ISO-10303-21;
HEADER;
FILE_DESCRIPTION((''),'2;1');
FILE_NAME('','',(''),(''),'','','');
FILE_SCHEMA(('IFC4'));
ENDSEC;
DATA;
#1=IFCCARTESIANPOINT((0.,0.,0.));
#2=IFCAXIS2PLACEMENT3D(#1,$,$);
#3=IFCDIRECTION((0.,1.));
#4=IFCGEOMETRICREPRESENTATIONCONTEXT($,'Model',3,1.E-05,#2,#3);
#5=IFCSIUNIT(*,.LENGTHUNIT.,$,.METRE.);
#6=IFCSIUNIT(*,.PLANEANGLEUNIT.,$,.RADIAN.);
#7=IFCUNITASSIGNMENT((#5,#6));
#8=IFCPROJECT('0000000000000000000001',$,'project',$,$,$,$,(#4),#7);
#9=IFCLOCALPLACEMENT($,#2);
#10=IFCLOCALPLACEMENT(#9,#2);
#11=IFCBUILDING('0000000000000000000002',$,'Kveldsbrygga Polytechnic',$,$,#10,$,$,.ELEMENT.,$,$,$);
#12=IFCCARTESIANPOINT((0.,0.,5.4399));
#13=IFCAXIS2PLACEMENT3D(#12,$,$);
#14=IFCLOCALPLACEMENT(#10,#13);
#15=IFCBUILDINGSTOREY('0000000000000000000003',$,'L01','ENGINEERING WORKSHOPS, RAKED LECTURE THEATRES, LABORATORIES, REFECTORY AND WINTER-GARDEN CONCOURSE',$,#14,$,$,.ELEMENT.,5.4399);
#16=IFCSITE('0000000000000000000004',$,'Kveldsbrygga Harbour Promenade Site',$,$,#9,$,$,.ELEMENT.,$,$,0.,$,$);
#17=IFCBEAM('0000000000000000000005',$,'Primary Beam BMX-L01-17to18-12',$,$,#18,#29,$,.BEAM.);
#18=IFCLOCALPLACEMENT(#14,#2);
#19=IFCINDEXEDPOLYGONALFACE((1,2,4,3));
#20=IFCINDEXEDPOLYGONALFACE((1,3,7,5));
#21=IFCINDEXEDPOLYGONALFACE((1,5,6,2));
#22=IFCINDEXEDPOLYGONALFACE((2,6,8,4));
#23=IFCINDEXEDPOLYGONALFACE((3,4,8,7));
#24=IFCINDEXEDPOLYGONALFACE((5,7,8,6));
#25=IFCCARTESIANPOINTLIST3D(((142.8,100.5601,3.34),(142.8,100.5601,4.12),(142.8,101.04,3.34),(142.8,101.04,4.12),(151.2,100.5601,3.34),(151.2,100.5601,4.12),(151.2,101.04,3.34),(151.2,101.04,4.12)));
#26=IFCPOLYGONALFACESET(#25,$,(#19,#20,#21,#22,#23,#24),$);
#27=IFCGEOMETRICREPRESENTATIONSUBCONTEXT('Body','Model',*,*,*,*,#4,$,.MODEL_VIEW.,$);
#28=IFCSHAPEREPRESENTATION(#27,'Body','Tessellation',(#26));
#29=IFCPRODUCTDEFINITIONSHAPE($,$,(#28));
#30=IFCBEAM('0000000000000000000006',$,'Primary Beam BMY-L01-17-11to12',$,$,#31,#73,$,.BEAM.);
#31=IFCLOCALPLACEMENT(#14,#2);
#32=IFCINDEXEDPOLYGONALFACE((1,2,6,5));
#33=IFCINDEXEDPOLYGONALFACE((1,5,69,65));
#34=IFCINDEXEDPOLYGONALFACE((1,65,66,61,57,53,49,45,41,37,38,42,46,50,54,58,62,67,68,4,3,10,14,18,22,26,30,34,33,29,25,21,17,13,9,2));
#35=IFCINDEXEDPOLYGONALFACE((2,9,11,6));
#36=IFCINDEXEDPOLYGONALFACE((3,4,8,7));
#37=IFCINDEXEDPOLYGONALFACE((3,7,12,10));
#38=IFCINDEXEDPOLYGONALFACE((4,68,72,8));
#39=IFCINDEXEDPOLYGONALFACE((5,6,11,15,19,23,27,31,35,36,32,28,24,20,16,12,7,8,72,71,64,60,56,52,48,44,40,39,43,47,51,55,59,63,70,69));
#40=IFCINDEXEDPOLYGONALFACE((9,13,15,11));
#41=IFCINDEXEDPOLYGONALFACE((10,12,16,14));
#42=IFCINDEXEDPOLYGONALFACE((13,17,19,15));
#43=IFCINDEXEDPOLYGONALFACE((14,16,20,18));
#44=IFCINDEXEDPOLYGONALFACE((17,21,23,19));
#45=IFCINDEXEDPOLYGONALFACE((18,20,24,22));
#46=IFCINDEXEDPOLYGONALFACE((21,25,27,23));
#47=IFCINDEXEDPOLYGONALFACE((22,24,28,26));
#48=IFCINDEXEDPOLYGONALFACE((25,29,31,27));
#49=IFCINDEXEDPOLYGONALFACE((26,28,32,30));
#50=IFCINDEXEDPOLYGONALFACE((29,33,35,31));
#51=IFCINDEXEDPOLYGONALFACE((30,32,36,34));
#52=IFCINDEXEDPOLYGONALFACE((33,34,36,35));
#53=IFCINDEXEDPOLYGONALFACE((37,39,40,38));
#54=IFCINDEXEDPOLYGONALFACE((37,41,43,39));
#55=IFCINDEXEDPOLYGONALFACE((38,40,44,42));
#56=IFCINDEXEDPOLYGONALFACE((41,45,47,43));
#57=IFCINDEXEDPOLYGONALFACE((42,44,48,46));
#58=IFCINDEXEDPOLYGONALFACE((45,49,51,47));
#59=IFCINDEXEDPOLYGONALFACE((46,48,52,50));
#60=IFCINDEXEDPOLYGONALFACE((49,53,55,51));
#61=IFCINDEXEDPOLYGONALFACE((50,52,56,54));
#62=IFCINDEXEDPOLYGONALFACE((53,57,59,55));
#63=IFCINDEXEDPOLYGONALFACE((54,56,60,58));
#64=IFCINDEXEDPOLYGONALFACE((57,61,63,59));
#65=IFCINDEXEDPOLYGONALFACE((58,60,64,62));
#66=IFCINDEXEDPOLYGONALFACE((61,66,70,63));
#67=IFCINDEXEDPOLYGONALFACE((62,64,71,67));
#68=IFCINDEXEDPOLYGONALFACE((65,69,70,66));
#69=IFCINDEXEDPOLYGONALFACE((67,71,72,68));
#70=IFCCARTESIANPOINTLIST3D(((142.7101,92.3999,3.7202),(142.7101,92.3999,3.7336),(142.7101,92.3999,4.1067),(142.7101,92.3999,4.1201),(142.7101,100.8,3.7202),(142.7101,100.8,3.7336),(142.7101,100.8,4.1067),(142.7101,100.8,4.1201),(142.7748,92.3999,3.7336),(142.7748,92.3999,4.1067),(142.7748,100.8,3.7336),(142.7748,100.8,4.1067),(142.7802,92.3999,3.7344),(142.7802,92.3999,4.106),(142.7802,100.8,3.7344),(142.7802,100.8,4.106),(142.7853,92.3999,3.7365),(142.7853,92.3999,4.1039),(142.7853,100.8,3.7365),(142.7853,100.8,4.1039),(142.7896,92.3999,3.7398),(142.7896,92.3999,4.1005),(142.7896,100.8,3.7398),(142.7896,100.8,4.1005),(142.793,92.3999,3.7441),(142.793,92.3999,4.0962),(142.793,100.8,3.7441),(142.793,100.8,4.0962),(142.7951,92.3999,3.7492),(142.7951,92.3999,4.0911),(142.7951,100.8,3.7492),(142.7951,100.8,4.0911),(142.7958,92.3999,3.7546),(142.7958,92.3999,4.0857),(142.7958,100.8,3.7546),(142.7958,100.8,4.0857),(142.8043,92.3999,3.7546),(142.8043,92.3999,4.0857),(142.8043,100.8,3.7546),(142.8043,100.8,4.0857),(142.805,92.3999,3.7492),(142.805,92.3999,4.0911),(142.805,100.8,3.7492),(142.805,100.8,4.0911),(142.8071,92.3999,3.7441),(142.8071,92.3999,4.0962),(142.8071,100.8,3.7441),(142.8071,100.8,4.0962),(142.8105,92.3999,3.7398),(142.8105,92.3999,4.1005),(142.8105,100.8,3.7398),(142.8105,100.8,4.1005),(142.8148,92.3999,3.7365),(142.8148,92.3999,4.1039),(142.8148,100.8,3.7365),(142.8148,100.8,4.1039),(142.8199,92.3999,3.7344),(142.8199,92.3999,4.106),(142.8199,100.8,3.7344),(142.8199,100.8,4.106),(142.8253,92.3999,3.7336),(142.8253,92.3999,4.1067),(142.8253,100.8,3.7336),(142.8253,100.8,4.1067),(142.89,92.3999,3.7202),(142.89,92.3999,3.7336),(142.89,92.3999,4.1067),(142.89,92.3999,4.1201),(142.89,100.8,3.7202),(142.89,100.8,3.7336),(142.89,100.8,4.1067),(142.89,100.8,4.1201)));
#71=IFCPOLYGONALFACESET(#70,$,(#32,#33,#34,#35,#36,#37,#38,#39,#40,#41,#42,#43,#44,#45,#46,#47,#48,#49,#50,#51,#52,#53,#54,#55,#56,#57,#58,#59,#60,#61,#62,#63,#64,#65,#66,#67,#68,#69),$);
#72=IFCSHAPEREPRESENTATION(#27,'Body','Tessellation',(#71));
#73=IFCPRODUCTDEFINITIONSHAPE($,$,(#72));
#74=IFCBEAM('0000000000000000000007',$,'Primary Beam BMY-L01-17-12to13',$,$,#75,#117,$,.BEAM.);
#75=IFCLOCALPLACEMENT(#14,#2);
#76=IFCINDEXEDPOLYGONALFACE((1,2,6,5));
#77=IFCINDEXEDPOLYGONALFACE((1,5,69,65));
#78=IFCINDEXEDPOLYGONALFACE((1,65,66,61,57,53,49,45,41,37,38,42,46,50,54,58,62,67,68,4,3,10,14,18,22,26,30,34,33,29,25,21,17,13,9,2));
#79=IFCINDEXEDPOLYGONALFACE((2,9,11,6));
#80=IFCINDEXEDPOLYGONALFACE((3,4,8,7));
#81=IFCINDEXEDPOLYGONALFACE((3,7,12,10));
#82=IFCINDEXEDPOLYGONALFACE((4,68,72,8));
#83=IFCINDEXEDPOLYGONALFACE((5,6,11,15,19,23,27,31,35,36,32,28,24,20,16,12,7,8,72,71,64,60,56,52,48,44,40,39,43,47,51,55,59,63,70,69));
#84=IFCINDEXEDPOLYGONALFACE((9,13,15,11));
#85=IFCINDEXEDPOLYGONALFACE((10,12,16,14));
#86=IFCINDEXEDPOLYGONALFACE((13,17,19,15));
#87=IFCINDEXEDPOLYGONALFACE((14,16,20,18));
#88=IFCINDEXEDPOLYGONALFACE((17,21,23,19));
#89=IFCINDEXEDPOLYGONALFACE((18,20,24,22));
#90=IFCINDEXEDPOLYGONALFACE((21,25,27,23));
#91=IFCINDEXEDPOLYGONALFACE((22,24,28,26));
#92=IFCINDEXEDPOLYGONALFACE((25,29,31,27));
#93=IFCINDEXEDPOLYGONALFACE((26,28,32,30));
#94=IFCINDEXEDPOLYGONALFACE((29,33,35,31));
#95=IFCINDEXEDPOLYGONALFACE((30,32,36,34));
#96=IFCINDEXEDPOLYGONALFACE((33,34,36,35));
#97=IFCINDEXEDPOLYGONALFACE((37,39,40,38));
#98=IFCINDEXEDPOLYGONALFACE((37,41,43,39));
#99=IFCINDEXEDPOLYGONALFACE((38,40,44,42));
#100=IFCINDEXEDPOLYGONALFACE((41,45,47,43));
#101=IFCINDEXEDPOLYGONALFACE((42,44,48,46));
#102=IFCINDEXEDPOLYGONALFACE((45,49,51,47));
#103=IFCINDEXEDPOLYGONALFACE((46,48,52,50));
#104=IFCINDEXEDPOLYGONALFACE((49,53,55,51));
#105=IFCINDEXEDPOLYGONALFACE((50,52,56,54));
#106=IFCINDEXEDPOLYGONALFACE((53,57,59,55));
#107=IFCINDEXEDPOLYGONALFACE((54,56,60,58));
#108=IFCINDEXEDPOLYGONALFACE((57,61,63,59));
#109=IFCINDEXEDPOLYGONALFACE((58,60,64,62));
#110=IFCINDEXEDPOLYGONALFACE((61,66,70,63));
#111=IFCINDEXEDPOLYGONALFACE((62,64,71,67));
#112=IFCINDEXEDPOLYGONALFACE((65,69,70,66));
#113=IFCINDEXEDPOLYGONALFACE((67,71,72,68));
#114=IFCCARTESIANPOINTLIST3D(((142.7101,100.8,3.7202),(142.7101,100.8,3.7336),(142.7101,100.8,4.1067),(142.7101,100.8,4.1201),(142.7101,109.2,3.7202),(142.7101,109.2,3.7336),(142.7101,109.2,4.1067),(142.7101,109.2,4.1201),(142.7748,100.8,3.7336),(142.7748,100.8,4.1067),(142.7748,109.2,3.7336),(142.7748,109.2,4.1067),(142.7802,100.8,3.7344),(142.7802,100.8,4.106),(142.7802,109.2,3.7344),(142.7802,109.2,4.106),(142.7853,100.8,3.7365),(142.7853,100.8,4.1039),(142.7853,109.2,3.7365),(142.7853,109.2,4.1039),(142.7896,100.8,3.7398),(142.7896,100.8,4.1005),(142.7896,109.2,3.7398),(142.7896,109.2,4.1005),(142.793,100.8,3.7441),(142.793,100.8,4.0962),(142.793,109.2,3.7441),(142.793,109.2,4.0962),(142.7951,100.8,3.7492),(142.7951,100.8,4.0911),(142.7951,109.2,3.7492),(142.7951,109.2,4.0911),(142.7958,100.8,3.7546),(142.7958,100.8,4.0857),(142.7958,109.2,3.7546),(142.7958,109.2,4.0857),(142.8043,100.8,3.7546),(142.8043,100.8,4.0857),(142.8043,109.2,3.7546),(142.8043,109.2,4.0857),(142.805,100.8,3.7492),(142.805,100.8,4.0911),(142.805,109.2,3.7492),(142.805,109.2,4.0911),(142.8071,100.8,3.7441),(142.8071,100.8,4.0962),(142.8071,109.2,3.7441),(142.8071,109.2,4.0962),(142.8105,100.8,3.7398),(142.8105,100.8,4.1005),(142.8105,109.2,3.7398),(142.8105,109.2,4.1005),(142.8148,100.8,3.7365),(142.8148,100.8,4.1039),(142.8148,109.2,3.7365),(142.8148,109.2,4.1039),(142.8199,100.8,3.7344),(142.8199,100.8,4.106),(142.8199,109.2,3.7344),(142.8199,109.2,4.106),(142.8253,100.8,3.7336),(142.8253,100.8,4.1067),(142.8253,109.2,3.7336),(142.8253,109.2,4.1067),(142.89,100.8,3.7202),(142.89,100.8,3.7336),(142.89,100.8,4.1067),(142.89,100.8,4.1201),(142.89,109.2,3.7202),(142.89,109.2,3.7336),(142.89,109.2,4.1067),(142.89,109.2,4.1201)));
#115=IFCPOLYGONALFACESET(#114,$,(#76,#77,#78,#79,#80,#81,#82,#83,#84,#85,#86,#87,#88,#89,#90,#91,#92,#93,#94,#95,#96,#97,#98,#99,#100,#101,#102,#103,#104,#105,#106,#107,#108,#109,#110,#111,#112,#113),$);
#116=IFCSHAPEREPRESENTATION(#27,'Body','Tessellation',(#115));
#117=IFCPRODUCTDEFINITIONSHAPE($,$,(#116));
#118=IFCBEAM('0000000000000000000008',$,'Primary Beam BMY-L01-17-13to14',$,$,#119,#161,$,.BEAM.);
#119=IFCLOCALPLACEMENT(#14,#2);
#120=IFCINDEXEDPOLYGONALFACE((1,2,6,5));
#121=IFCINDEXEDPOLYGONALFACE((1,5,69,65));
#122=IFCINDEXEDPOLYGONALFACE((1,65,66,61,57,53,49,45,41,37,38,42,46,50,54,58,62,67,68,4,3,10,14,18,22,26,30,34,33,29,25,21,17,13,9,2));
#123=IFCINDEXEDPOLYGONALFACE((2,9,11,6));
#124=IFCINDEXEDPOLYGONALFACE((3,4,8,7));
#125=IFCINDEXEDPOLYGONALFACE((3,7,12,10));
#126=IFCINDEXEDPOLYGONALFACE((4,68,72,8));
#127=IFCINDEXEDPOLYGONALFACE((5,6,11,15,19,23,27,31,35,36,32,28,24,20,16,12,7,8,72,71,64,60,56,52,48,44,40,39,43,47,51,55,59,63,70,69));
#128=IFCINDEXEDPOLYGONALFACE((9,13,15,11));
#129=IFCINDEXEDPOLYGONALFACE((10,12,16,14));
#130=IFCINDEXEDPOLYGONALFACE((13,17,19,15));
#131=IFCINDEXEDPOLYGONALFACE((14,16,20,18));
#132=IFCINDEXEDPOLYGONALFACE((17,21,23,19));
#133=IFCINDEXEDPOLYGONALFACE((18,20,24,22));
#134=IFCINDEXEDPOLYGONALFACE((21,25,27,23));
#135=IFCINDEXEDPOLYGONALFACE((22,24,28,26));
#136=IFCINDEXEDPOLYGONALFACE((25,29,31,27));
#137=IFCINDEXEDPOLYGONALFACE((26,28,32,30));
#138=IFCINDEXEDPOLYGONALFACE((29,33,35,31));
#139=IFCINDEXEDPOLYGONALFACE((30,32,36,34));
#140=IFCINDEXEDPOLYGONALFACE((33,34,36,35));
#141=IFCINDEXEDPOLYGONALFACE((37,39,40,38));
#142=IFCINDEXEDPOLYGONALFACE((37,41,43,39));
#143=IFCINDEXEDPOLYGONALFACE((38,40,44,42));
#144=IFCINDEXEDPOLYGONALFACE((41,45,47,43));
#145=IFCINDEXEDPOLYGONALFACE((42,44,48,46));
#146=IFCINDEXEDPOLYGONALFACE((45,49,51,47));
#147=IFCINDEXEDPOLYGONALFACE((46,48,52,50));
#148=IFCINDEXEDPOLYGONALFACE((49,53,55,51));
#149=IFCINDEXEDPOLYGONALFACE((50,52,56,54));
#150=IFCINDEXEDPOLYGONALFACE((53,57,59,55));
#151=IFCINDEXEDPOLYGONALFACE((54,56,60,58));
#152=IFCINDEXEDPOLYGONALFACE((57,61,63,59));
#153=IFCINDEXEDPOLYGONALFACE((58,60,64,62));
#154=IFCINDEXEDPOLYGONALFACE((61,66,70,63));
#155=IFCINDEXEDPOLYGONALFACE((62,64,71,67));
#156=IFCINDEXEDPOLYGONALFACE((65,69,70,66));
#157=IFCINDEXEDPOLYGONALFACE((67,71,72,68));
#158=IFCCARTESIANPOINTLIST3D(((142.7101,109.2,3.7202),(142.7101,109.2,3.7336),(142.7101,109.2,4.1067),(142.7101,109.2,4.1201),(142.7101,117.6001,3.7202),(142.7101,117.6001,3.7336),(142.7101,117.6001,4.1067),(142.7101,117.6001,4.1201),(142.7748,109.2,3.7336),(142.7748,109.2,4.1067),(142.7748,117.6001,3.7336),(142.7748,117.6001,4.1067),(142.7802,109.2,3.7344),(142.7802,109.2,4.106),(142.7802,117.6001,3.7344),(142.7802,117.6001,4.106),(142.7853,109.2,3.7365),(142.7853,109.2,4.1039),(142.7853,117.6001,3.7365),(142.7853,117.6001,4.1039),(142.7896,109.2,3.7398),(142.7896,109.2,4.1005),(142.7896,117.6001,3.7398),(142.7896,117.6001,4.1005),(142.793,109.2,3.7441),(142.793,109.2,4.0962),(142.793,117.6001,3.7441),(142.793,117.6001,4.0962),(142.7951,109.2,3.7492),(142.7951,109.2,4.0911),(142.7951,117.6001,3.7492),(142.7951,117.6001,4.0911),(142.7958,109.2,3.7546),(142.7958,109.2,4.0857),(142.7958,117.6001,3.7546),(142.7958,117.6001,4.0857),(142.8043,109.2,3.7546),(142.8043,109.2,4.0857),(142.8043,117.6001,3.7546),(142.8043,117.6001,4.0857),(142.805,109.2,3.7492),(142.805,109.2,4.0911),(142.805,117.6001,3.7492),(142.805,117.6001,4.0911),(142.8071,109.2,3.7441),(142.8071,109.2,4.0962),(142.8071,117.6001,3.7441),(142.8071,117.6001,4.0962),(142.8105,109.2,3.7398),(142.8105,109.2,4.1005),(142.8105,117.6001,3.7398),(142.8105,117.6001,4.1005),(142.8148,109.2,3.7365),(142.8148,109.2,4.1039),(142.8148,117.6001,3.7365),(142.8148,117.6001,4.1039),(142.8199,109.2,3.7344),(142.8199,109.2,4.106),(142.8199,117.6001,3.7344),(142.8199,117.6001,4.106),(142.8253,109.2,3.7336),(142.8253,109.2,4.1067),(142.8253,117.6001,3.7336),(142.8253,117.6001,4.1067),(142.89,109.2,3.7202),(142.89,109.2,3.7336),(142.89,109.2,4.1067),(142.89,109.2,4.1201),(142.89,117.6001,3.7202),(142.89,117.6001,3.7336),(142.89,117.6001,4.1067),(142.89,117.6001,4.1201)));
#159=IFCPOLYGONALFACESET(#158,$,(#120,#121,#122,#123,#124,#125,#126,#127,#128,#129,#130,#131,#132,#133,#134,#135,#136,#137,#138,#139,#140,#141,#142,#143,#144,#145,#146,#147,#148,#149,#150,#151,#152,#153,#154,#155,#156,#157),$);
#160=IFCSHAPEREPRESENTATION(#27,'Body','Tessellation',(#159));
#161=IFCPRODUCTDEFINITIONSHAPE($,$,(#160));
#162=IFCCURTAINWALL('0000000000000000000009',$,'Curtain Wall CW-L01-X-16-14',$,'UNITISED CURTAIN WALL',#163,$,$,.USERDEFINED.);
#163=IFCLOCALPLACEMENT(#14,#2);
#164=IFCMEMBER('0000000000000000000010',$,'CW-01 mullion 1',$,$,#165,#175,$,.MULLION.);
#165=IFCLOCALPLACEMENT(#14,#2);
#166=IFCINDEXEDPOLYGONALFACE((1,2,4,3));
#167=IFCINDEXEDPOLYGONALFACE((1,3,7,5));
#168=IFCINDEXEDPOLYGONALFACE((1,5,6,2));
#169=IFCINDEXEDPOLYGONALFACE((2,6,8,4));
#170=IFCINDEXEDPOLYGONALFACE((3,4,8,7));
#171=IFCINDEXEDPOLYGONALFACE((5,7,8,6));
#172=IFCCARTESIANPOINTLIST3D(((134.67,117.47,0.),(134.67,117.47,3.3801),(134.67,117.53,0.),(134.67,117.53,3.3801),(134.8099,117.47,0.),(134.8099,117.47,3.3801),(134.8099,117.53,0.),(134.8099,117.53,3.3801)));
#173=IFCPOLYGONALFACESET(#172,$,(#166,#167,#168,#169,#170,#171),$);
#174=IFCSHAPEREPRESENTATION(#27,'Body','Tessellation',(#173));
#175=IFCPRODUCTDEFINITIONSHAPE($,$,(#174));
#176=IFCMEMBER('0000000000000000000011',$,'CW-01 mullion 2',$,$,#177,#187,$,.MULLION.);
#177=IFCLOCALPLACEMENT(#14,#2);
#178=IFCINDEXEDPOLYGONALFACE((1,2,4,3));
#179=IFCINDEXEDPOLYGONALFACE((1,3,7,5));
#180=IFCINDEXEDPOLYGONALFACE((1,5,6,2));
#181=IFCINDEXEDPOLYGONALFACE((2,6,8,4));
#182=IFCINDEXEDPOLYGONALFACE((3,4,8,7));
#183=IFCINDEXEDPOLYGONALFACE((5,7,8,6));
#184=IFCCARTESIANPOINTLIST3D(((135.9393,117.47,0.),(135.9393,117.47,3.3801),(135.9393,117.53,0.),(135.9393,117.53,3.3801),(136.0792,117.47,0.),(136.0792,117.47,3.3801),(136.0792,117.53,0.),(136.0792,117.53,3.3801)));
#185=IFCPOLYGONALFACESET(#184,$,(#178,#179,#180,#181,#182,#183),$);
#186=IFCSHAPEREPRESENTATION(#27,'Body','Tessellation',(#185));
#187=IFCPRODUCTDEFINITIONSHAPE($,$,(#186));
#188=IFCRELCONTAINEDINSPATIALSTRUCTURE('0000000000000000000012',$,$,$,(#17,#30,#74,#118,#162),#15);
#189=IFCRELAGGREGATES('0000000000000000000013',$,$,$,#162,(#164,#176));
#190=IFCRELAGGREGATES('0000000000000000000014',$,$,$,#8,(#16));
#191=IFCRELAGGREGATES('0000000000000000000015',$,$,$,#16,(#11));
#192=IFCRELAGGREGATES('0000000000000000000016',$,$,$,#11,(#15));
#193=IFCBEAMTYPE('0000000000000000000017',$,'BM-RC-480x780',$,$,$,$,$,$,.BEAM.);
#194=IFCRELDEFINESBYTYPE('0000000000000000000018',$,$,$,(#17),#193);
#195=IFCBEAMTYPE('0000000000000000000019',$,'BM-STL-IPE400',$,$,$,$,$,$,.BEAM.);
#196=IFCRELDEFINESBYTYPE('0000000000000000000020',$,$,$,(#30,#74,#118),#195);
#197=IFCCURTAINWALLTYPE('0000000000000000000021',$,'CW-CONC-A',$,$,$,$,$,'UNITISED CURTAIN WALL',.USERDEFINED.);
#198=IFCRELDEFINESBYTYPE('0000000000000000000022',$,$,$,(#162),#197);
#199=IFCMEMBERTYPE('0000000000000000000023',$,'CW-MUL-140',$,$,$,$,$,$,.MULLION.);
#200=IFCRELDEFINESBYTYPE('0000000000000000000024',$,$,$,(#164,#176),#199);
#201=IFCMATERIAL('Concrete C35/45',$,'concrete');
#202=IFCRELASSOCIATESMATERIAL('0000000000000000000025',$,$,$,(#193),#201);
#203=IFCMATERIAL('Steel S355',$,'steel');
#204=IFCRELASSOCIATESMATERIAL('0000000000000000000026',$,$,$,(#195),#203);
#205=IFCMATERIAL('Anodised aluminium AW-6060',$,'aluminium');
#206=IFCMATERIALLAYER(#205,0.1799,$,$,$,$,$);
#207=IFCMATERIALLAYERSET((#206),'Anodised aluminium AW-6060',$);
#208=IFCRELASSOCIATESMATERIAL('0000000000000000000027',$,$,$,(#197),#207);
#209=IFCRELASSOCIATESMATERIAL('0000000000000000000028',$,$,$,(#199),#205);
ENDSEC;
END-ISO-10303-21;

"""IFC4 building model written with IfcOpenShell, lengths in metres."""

from ifc_helpers import new_model, si_unit, direction, frame, origin, origin_2d, place, context, subcontext, project, spatial, rectangle, i_section, extrude, material, layer, layer_set, material_profile, profile_set, type_object, element, aggregate, save


model = new_model("IFC4")

# Units and contexts
model_context = context("Model", 3, precision=1e-05, world=origin(), true_north=direction((0.0, 1.0)))
body_context = subcontext(model_context, "Body", "Model", "MODEL_VIEW")
ifc_project = project(units=[si_unit("LENGTHUNIT", "METRE"), si_unit("PLANEANGLEUNIT", "RADIAN")], contexts=[model_context])

# Site, building, storey
site_placement = place(None, origin())
site = spatial("IfcSite", under=ifc_project, at=site_placement, Name="Kveldsbrygga Harbour Promenade Site", CompositionType="ELEMENT", RefElevation=0.0)
building_placement = place(site_placement, origin())
building = spatial("IfcBuilding", under=site, at=building_placement, Name="Kveldsbrygga Polytechnic", CompositionType="ELEMENT")
storey_placement = place(building_placement, frame((0.0, 0.0, 5.4399)))
storey = spatial("IfcBuildingStorey", under=building, at=storey_placement, Name="L01", Description="ENGINEERING WORKSHOPS, RAKED LECTURE THEATRES, LABORATORIES, REFECTORY AND WINTER-GARDEN CONCOURSE", CompositionType="ELEMENT", Elevation=5.4399)

# Beams
ifc_material_1 = material(Name="Concrete C35/45", Category="concrete")
ifc_material_profile_1 = material_profile(ifc_material_1, rectangle(XDim=0.48, YDim=0.78, at=origin_2d()), Name="RC 480x780")
ifc_profile_set_1 = profile_set([ifc_material_profile_1], Name="Concrete C35/45")
beam_type_1 = type_object("IfcBeamType", Name="BM-RC-480x780", PredefinedType="BEAM", material=ifc_profile_set_1)
beam_1_placement = place(storey_placement, frame((142.8, 100.8, 3.73), z_axis=(1.0, 0.0, 0.0), x_axis=(0.0, 1.0, 0.0)))
element("IfcBeam", 1, at=beam_1_placement, inside=storey, type_object=beam_type_1, Name="Primary Beam BMX-L01-17to18-12", PredefinedType="BEAM", context=body_context, shape_type="SweptSolid", body=[
    extrude(rectangle(XDim=0.48, YDim=0.78, at=origin_2d()), origin(), (0.0, 0.0, 1.0), 8.3999),
])
ifc_material_2 = material(Name="Steel S355", Category="steel")
ifc_material_profile_2 = material_profile(ifc_material_2, i_section(OverallWidth=0.1799, OverallDepth=0.3999, WebThickness=0.0085, FlangeThickness=0.0134, FilletRadius=0.021, at=origin_2d()), Name="IPE 400")
ifc_profile_set_2 = profile_set([ifc_material_profile_2], Name="Steel S355")
beam_type_2 = type_object("IfcBeamType", Name="BM-STL-IPE400", PredefinedType="BEAM", material=ifc_profile_set_2)
beam_2_placement = place(storey_placement, frame((142.8, 92.3999, 3.9202), z_axis=(0.0, 1.0, 0.0), x_axis=(-1.0, 0.0, 0.0)))
element("IfcBeam", 2, at=beam_2_placement, inside=storey, type_object=beam_type_2, Name="Primary Beam BMY-L01-17-11to12", PredefinedType="BEAM", context=body_context, shape_type="SweptSolid", body=[
    extrude(i_section(OverallWidth=0.1799, OverallDepth=0.3999, WebThickness=0.0085, FlangeThickness=0.0134, FilletRadius=0.021, at=origin_2d()), origin(), (0.0, 0.0, 1.0), 8.4001),
])
beam_3_placement = place(storey_placement, frame((142.8, 100.8, 3.9202), z_axis=(0.0, 1.0, 0.0), x_axis=(-1.0, 0.0, 0.0)))
element("IfcBeam", 3, at=beam_3_placement, inside=storey, type_object=beam_type_2, Name="Primary Beam BMY-L01-17-12to13", PredefinedType="BEAM", context=body_context, shape_type="SweptSolid", body=[
    extrude(i_section(OverallWidth=0.1799, OverallDepth=0.3999, WebThickness=0.0085, FlangeThickness=0.0134, FilletRadius=0.021, at=origin_2d()), origin(), (0.0, 0.0, 1.0), 8.3999),
])
beam_4_placement = place(storey_placement, frame((142.8, 109.2, 3.9202), z_axis=(0.0, 1.0, 0.0), x_axis=(-1.0, 0.0, 0.0)))
element("IfcBeam", 4, at=beam_4_placement, inside=storey, type_object=beam_type_2, Name="Primary Beam BMY-L01-17-13to14", PredefinedType="BEAM", context=body_context, shape_type="SweptSolid", body=[
    extrude(i_section(OverallWidth=0.1799, OverallDepth=0.3999, WebThickness=0.0085, FlangeThickness=0.0134, FilletRadius=0.021, at=origin_2d()), origin(), (0.0, 0.0, 1.0), 8.4001),
])

# Curtain wall, members
ifc_material_3 = material(Name="Anodised aluminium AW-6060", Category="aluminium")
ifc_layer_1 = layer(ifc_material_3, 0.1799)
ifc_layer_set_1 = layer_set([ifc_layer_1], Name="Anodised aluminium AW-6060")
curtain_wall_type = type_object("IfcCurtainWallType", Name="CW-CONC-A", ElementType="UNITISED CURTAIN WALL", PredefinedType="USERDEFINED", material=ifc_layer_set_1)
curtain_wall_placement = place(storey_placement, origin())
curtain_wall = element("IfcCurtainWall", 5, at=curtain_wall_placement, inside=storey, type_object=curtain_wall_type, Name="Curtain Wall CW-L01-X-16-14", ObjectType="UNITISED CURTAIN WALL", PredefinedType="USERDEFINED")
ifc_material_profile_3 = material_profile(ifc_material_3, rectangle(XDim=0.0601, YDim=0.1399, at=origin_2d()), Name="ALU 60x140")
ifc_profile_set_3 = profile_set([ifc_material_profile_3], Name="Anodised aluminium AW-6060")
member_type_1 = type_object("IfcMemberType", Name="CW-MUL-140", PredefinedType="MULLION", material=ifc_profile_set_3)
member_1_placement = place(storey_placement, frame((134.74, 117.5, 0.0), z_axis=(0.0, 0.0, 1.0), x_axis=(0.0, 1.0, 0.0)))
member_1 = element("IfcMember", 6, at=member_1_placement, type_object=member_type_1, Name="CW-01 mullion 1", PredefinedType="MULLION", context=body_context, shape_type="SweptSolid", body=[
    extrude(rectangle(XDim=0.0601, YDim=0.1399, at=origin_2d()), origin(), (0.0, 0.0, 1.0), 3.3801),
])
member_2_placement = place(storey_placement, frame((136.0093, 117.5, 0.0), z_axis=(0.0, 0.0, 1.0), x_axis=(0.0, 1.0, 0.0)))
member_2 = element("IfcMember", 7, at=member_2_placement, type_object=member_type_1, Name="CW-01 mullion 2", PredefinedType="MULLION", context=body_context, shape_type="SweptSolid", body=[
    extrude(rectangle(XDim=0.0601, YDim=0.1399, at=origin_2d()), origin(), (0.0, 0.0, 1.0), 3.3801),
])

aggregate(curtain_wall, [member_1, member_2])

save(model, "model.ifc")
